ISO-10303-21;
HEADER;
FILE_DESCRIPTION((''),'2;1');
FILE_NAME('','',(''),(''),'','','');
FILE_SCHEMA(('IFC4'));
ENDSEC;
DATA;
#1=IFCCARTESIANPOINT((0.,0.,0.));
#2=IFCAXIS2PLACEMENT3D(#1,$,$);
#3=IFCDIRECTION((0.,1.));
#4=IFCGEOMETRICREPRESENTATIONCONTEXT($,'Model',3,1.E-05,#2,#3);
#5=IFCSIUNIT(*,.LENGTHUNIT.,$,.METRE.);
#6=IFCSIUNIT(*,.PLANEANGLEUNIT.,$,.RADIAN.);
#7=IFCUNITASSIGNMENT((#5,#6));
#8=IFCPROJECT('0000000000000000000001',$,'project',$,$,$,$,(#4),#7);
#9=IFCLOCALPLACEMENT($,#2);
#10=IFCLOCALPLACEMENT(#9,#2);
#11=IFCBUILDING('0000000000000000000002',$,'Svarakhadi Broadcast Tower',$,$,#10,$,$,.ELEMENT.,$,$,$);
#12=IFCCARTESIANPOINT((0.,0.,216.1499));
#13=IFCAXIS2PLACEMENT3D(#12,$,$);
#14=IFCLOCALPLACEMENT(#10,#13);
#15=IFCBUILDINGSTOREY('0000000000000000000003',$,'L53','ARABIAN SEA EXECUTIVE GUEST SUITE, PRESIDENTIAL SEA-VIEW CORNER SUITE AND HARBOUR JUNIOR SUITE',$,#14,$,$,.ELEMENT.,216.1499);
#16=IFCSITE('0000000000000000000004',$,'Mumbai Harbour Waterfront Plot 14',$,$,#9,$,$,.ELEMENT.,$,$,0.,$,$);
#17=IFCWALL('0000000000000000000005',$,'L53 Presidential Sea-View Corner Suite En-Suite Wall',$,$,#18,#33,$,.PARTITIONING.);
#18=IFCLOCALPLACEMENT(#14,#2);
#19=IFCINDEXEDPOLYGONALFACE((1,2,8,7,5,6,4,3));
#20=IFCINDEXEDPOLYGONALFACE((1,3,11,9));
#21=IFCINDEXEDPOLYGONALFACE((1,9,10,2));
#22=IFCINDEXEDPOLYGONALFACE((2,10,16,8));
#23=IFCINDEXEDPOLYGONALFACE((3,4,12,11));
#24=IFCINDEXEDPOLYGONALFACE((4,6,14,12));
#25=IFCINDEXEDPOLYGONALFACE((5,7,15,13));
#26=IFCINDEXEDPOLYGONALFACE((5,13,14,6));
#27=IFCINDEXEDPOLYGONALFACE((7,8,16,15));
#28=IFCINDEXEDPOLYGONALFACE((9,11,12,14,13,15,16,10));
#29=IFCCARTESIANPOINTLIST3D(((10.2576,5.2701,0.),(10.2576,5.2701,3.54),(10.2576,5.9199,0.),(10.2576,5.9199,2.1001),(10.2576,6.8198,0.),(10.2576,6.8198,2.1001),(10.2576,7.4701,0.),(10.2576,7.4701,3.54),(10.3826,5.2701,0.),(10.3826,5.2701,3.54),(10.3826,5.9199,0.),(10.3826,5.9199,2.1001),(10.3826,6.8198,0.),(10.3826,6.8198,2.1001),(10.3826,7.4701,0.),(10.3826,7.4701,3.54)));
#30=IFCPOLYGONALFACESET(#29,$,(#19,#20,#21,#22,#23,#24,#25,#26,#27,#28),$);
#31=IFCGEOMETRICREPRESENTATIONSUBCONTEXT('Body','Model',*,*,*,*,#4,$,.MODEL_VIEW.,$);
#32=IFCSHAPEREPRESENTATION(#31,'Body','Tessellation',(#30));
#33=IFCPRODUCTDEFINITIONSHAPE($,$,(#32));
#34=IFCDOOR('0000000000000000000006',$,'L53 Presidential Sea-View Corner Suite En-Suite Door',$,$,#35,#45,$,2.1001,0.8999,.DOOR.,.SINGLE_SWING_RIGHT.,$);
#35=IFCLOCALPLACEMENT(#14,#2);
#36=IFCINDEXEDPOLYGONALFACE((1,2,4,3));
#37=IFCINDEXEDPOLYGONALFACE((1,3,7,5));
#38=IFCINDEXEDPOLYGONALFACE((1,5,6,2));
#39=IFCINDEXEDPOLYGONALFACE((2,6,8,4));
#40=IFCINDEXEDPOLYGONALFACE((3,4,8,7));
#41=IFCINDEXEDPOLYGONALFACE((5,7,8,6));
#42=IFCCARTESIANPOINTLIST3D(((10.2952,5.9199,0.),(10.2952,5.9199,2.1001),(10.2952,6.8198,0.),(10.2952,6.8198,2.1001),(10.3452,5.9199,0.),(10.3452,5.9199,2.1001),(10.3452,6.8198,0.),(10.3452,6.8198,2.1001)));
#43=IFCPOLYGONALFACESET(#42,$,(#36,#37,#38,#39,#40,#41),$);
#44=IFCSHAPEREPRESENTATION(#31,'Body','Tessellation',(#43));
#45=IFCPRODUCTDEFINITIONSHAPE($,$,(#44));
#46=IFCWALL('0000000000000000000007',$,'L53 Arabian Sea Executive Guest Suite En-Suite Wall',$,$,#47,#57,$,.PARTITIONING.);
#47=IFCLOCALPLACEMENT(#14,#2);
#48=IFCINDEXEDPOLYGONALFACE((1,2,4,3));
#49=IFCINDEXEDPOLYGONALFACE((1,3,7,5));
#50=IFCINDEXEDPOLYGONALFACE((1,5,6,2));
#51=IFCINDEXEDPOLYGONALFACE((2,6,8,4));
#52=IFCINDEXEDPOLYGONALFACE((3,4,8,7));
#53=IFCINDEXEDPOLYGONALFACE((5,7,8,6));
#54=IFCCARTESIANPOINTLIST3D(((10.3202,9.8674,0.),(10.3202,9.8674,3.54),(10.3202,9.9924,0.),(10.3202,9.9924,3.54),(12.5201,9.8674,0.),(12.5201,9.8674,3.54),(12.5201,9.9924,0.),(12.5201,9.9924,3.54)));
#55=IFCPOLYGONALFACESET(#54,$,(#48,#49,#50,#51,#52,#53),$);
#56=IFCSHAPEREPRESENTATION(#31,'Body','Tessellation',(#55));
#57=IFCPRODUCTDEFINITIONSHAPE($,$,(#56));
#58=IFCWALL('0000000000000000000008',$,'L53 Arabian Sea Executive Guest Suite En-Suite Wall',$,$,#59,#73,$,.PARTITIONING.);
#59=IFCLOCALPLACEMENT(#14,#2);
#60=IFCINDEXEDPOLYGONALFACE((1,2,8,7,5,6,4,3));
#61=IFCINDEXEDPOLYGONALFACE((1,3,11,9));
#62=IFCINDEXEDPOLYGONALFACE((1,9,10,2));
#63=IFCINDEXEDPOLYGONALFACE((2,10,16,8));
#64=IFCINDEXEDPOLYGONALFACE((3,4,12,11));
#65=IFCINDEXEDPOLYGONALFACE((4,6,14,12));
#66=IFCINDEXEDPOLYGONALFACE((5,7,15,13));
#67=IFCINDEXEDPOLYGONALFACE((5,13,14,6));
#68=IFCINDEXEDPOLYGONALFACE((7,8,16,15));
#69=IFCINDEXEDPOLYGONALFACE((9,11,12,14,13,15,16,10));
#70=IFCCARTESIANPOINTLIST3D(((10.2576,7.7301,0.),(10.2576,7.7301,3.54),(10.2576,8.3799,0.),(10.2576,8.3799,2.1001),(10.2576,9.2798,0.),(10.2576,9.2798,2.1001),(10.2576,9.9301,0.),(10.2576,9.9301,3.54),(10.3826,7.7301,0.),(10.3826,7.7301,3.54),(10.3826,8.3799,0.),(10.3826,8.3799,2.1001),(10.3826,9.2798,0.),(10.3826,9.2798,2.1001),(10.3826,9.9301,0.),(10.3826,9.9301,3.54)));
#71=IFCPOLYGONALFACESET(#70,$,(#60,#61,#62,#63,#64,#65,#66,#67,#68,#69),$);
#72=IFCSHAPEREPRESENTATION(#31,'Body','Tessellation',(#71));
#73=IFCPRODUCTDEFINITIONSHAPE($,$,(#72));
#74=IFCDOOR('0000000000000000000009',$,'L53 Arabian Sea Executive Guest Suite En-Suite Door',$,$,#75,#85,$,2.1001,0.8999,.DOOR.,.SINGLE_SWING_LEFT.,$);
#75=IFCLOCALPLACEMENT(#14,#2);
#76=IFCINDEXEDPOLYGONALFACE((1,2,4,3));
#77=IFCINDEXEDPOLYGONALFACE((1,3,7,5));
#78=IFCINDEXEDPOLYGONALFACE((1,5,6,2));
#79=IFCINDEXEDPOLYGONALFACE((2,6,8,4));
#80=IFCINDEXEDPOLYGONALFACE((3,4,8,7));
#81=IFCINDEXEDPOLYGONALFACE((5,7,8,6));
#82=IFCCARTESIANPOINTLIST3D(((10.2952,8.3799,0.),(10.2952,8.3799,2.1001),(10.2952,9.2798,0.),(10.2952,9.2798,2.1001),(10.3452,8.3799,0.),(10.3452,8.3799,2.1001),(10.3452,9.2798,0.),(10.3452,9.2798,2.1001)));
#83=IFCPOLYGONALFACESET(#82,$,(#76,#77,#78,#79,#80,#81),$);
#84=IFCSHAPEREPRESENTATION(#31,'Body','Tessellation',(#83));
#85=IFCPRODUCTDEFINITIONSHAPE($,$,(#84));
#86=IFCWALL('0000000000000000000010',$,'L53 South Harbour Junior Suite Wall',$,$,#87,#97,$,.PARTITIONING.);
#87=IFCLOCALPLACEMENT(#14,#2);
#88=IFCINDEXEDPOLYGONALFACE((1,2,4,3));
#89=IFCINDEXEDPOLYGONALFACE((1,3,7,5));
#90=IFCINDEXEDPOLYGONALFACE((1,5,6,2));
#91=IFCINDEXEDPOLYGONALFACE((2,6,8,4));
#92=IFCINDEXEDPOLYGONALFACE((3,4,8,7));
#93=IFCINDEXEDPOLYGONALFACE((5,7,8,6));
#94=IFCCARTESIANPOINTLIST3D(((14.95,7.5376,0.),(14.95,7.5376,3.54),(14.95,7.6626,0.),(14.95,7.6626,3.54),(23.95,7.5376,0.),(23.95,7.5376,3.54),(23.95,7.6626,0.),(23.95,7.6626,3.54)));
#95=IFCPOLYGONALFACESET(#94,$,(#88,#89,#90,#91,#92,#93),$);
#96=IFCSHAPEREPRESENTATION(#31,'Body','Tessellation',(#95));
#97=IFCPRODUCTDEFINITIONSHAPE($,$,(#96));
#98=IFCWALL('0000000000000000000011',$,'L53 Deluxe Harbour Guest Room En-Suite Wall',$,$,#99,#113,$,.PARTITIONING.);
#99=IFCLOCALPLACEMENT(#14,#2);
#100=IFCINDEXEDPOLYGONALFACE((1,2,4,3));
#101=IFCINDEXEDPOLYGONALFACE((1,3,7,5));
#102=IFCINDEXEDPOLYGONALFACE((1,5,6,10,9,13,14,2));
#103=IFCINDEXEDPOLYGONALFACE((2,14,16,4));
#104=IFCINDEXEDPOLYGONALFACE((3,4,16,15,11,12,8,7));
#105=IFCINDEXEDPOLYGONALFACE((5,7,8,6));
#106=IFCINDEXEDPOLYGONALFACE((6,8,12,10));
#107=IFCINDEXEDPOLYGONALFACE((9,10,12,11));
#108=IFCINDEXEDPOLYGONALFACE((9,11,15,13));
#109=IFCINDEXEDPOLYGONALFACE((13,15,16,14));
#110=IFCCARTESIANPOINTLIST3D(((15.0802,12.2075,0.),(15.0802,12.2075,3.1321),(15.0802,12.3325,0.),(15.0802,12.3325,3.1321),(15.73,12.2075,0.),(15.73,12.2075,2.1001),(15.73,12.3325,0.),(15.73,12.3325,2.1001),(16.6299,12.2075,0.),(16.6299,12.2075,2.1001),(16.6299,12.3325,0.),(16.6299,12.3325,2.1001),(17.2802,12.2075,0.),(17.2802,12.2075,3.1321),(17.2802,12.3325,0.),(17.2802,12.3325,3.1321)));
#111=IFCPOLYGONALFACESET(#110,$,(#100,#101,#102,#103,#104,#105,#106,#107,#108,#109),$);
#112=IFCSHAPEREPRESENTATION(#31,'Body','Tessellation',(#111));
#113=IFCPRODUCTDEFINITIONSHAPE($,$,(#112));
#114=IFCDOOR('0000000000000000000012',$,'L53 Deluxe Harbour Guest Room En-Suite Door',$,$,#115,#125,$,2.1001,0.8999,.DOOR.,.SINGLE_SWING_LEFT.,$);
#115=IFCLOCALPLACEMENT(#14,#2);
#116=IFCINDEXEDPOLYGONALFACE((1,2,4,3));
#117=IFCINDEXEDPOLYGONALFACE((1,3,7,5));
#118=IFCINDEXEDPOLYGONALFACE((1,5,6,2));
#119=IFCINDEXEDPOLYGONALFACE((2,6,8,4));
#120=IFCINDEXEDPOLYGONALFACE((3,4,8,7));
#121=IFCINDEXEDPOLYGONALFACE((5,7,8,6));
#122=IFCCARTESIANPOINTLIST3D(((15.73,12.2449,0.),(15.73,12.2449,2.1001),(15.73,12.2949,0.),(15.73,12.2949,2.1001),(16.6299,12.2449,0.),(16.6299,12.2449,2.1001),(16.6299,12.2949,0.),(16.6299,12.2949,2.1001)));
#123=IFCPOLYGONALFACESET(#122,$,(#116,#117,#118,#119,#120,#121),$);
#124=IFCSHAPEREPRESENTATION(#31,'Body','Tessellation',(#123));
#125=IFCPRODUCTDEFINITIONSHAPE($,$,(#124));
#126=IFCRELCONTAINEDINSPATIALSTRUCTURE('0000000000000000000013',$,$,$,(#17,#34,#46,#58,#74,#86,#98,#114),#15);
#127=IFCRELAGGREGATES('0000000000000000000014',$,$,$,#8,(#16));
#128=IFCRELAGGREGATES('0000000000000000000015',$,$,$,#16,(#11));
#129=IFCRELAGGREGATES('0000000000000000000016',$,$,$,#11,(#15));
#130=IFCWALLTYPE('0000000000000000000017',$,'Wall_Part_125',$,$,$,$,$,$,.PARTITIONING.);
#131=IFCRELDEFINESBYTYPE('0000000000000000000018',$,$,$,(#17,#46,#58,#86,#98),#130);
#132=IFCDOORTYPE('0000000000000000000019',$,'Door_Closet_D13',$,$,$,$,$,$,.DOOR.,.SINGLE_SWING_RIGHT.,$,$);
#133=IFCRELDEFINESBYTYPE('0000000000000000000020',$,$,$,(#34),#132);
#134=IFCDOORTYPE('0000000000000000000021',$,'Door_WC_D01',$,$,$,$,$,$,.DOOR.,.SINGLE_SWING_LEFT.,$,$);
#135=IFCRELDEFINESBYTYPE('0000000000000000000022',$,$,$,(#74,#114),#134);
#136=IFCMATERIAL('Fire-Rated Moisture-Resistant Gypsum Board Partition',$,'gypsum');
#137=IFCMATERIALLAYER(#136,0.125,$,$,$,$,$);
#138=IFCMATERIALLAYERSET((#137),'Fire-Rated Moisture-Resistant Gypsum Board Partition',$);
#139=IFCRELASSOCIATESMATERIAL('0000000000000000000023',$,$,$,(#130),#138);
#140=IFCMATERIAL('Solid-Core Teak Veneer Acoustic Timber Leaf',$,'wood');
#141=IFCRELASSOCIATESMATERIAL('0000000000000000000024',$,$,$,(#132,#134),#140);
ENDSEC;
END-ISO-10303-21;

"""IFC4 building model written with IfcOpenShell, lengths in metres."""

from ifc_helpers import new_model, si_unit, direction, frame, frame_2d, origin, place, context, subcontext, project, spatial, rectangle, extrude, material, layer, layer_set, type_object, element, fill, save


model = new_model("IFC4")

# Units and contexts
model_context = context("Model", 3, precision=1e-05, world=origin(), true_north=direction((0.0, 1.0)))
body_context = subcontext(model_context, "Body", "Model", "MODEL_VIEW")
ifc_project = project(units=[si_unit("LENGTHUNIT", "METRE"), si_unit("PLANEANGLEUNIT", "RADIAN")], contexts=[model_context])

# Site, building, storey
site_placement = place(None, origin())
site = spatial("IfcSite", under=ifc_project, at=site_placement, Name="Mumbai Harbour Waterfront Plot 14", CompositionType="ELEMENT", RefElevation=0.0)
building_placement = place(site_placement, origin())
building = spatial("IfcBuilding", under=site, at=building_placement, Name="Svarakhadi Broadcast Tower", CompositionType="ELEMENT")
storey_placement = place(building_placement, frame((0.0, 0.0, 216.1499)))
storey = spatial("IfcBuildingStorey", under=building, at=storey_placement, Name="L53", Description="ARABIAN SEA EXECUTIVE GUEST SUITE, PRESIDENTIAL SEA-VIEW CORNER SUITE AND HARBOUR JUNIOR SUITE", CompositionType="ELEMENT", Elevation=216.1499)

# Wall, opening, door
ifc_material_1 = material(Name="Solid-Core Teak Veneer Acoustic Timber Leaf", Category="wood")
ifc_material_2 = material(Name="Fire-Rated Moisture-Resistant Gypsum Board Partition", Category="gypsum")
ifc_layer_1 = layer(ifc_material_2, 0.125)
ifc_layer_set_1 = layer_set([ifc_layer_1], Name="Fire-Rated Moisture-Resistant Gypsum Board Partition")
wall_type_1 = type_object("IfcWallType", Name="Wall_Part_125", PredefinedType="PARTITIONING", material=ifc_layer_set_1)
wall_1_placement = place(storey_placement, frame((10.3201, 5.27, 0.0), z_axis=(0.0, 0.0, 1.0), x_axis=(0.0, 1.0, 0.0)))
wall_1 = element("IfcWall", 1, at=wall_1_placement, inside=storey, type_object=wall_type_1, Name="L53 Presidential Sea-View Corner Suite En-Suite Wall", PredefinedType="PARTITIONING", context=body_context, shape_type="SweptSolid", body=[
    extrude(rectangle(XDim=2.2, YDim=0.125, at=frame_2d((1.1001, 0.0))), origin(), (0.0, 0.0, 1.0), 3.54),
])
opening_1_placement = place(wall_1_placement, frame((0.6499, 0.0, 0.0)))
opening_1 = element("IfcOpeningElement", 2, at=opening_1_placement, cuts=wall_1, PredefinedType="OPENING", context=body_context, shape_type="SweptSolid", body=[
    extrude(rectangle(XDim=0.8999, YDim=2.1001, at=frame_2d((0.45, 1.05))), frame((0.0, 0.0725, 0.0), z_axis=(0.0, -1.0, 0.0), x_axis=(1.0, 0.0, 0.0)), (0.0, 0.0, 1.0), 0.145),
])
door_type_1 = type_object("IfcDoorType", Name="Door_Closet_D13", OperationType="SINGLE_SWING_RIGHT", PredefinedType="DOOR", material=ifc_material_1)
door_1_placement = place(opening_1_placement, origin())
door_1 = element("IfcDoor", 3, at=door_1_placement, inside=storey, type_object=door_type_1, Name="L53 Presidential Sea-View Corner Suite En-Suite Door", OperationType="SINGLE_SWING_RIGHT", OverallHeight=2.1001, OverallWidth=0.8999, PredefinedType="DOOR", context=body_context, shape_type="SweptSolid", body=[
    extrude(rectangle(XDim=0.8999, YDim=2.1001, at=frame_2d((0.45, 1.05))), frame((0.0, 0.0249, 0.0), z_axis=(0.0, -1.0, 0.0), x_axis=(1.0, 0.0, 0.0)), (0.0, 0.0, 1.0), 0.05),
])
fill(opening_1, door_1)

# Wall
wall_2_placement = place(storey_placement, frame((10.3201, 9.9299, 0.0), z_axis=(0.0, 0.0, 1.0), x_axis=(1.0, 0.0, 0.0)))
element("IfcWall", 4, at=wall_2_placement, inside=storey, type_object=wall_type_1, Name="L53 Arabian Sea Executive Guest Suite En-Suite Wall", PredefinedType="PARTITIONING", context=body_context, shape_type="SweptSolid", body=[
    extrude(rectangle(XDim=2.2, YDim=0.125, at=frame_2d((1.1001, 0.0))), origin(), (0.0, 0.0, 1.0), 3.54),
])

# Wall, opening, door
wall_3_placement = place(storey_placement, frame((10.3201, 7.73, 0.0), z_axis=(0.0, 0.0, 1.0), x_axis=(0.0, 1.0, 0.0)))
wall_3 = element("IfcWall", 5, at=wall_3_placement, inside=storey, type_object=wall_type_1, Name="L53 Arabian Sea Executive Guest Suite En-Suite Wall", PredefinedType="PARTITIONING", context=body_context, shape_type="SweptSolid", body=[
    extrude(rectangle(XDim=2.2, YDim=0.125, at=frame_2d((1.1001, 0.0))), origin(), (0.0, 0.0, 1.0), 3.54),
])
opening_2_placement = place(wall_3_placement, frame((0.6499, 0.0, 0.0)))
opening_2 = element("IfcOpeningElement", 6, at=opening_2_placement, cuts=wall_3, PredefinedType="OPENING", context=body_context, shape_type="SweptSolid", body=[
    extrude(rectangle(XDim=0.8999, YDim=2.1001, at=frame_2d((0.45, 1.05))), frame((0.0, 0.0725, 0.0), z_axis=(0.0, -1.0, 0.0), x_axis=(1.0, 0.0, 0.0)), (0.0, 0.0, 1.0), 0.145),
])
door_type_2 = type_object("IfcDoorType", Name="Door_WC_D01", OperationType="SINGLE_SWING_LEFT", PredefinedType="DOOR", material=ifc_material_1)
door_2_placement = place(opening_2_placement, origin())
door_2 = element("IfcDoor", 7, at=door_2_placement, inside=storey, type_object=door_type_2, Name="L53 Arabian Sea Executive Guest Suite En-Suite Door", OperationType="SINGLE_SWING_LEFT", OverallHeight=2.1001, OverallWidth=0.8999, PredefinedType="DOOR", context=body_context, shape_type="SweptSolid", body=[
    extrude(rectangle(XDim=0.8999, YDim=2.1001, at=frame_2d((0.45, 1.05))), frame((0.0, 0.0249, 0.0), z_axis=(0.0, -1.0, 0.0), x_axis=(1.0, 0.0, 0.0)), (0.0, 0.0, 1.0), 0.05),
])
fill(opening_2, door_2)

# Wall
wall_4_placement = place(storey_placement, frame((14.95, 7.6001, 0.0), z_axis=(0.0, 0.0, 1.0), x_axis=(1.0, 0.0, 0.0)))
element("IfcWall", 8, at=wall_4_placement, inside=storey, type_object=wall_type_1, Name="L53 South Harbour Junior Suite Wall", PredefinedType="PARTITIONING", context=body_context, shape_type="SweptSolid", body=[
    extrude(rectangle(XDim=9.0, YDim=0.125, at=frame_2d((4.5, 0.0))), origin(), (0.0, 0.0, 1.0), 3.54),
])

# Wall, opening, door
wall_5_placement = place(storey_placement, frame((15.0801, 12.27, 0.0), z_axis=(0.0, 0.0, 1.0), x_axis=(1.0, 0.0, 0.0)))
wall_5 = element("IfcWall", 9, at=wall_5_placement, inside=storey, type_object=wall_type_1, Name="L53 Deluxe Harbour Guest Room En-Suite Wall", PredefinedType="PARTITIONING", context=body_context, shape_type="SweptSolid", body=[
    extrude(rectangle(XDim=2.2, YDim=0.125, at=frame_2d((1.1001, 0.0))), origin(), (0.0, 0.0, 1.0), 3.1321),
])
opening_3_placement = place(wall_5_placement, frame((0.6499, 0.0, 0.0)))
opening_3 = element("IfcOpeningElement", 10, at=opening_3_placement, cuts=wall_5, PredefinedType="OPENING", context=body_context, shape_type="SweptSolid", body=[
    extrude(rectangle(XDim=0.8999, YDim=2.1001, at=frame_2d((0.45, 1.05))), frame((0.0, 0.0725, 0.0), z_axis=(0.0, -1.0, 0.0), x_axis=(1.0, 0.0, 0.0)), (0.0, 0.0, 1.0), 0.145),
])
door_3_placement = place(opening_3_placement, origin())
door_3 = element("IfcDoor", 11, at=door_3_placement, inside=storey, type_object=door_type_2, Name="L53 Deluxe Harbour Guest Room En-Suite Door", OperationType="SINGLE_SWING_LEFT", OverallHeight=2.1001, OverallWidth=0.8999, PredefinedType="DOOR", context=body_context, shape_type="SweptSolid", body=[
    extrude(rectangle(XDim=0.8999, YDim=2.1001, at=frame_2d((0.45, 1.05))), frame((0.0, 0.0249, 0.0), z_axis=(0.0, -1.0, 0.0), x_axis=(1.0, 0.0, 0.0)), (0.0, 0.0, 1.0), 0.05),
])
fill(opening_3, door_3)

save(model, "model.ifc")
